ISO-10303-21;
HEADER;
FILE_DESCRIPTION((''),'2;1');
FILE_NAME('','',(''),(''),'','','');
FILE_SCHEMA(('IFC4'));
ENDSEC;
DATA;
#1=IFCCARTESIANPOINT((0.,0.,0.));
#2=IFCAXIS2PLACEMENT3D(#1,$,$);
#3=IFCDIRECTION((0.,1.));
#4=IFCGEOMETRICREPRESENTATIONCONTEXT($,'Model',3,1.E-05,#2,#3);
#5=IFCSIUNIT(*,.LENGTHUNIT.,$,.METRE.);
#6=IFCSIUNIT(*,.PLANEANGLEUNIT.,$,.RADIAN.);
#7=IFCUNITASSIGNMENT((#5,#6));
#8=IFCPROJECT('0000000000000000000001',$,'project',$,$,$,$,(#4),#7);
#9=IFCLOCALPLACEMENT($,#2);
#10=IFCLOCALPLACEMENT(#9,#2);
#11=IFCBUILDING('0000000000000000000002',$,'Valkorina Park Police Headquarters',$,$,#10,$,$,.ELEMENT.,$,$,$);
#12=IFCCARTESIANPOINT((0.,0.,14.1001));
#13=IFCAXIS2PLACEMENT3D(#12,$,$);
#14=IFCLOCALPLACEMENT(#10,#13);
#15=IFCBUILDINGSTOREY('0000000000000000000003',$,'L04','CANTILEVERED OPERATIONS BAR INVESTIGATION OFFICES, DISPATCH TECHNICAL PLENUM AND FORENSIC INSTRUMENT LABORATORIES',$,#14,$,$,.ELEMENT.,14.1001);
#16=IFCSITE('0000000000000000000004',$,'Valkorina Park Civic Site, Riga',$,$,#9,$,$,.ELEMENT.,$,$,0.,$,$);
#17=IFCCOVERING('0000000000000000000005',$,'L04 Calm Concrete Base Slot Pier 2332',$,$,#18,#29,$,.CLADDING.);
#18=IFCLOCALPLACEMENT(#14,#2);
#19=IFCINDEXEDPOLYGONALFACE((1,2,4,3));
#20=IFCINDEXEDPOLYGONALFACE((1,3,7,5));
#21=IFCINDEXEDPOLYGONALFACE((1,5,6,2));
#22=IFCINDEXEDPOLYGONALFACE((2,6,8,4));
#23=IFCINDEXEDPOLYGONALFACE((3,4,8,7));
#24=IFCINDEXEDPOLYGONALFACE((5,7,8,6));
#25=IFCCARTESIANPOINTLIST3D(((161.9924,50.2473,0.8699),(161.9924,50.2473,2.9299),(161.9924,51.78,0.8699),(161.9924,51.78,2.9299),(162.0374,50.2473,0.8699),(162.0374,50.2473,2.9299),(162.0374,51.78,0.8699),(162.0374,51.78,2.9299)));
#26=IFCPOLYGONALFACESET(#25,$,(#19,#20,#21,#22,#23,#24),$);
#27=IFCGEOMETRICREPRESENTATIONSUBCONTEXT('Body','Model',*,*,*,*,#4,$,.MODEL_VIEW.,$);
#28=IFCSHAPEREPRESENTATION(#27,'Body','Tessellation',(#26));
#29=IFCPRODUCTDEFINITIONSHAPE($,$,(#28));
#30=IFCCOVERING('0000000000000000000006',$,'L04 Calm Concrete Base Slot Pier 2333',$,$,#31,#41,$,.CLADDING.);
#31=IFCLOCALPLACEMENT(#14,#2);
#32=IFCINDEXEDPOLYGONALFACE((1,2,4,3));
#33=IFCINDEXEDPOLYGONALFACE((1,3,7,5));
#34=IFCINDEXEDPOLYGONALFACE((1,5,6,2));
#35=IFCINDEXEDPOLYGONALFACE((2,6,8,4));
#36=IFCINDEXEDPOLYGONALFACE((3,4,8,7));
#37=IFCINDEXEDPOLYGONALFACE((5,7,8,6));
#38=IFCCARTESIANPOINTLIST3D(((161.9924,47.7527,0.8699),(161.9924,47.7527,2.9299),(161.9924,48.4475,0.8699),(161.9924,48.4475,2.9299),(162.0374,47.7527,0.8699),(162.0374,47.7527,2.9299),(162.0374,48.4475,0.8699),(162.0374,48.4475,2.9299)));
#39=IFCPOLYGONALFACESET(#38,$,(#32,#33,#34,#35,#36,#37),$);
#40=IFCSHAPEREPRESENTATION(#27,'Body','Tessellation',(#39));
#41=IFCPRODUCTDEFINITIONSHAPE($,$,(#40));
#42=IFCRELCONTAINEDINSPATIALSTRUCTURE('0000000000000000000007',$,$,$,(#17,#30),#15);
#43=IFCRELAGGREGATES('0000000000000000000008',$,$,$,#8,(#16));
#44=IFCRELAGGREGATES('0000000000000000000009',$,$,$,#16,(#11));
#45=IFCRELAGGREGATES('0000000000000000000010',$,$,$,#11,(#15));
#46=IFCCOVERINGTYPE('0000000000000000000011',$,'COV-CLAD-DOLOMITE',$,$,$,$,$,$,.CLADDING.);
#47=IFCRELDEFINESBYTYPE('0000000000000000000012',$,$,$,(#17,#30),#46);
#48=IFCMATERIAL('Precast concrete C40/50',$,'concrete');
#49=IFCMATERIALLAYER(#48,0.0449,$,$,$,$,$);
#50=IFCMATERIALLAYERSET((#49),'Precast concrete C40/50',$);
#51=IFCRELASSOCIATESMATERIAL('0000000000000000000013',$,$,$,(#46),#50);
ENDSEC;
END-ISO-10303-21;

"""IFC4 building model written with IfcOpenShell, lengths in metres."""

from ifc_helpers import new_model, si_unit, direction, frame, frame_2d, origin, place, context, subcontext, project, spatial, rectangle, extrude, material, layer, layer_set, type_object, element, save


model = new_model("IFC4")

# Units and contexts
model_context = context("Model", 3, precision=1e-05, world=origin(), true_north=direction((0.0, 1.0)))
body_context = subcontext(model_context, "Body", "Model", "MODEL_VIEW")
ifc_project = project(units=[si_unit("LENGTHUNIT", "METRE"), si_unit("PLANEANGLEUNIT", "RADIAN")], contexts=[model_context])

# Site, building, storey
site_placement = place(None, origin())
site = spatial("IfcSite", under=ifc_project, at=site_placement, Name="Valkorina Park Civic Site, Riga", CompositionType="ELEMENT", RefElevation=0.0)
building_placement = place(site_placement, origin())
building = spatial("IfcBuilding", under=site, at=building_placement, Name="Valkorina Park Police Headquarters", CompositionType="ELEMENT")
storey_placement = place(building_placement, frame((0.0, 0.0, 14.1001)))
storey = spatial("IfcBuildingStorey", under=building, at=storey_placement, Name="L04", Description="CANTILEVERED OPERATIONS BAR INVESTIGATION OFFICES, DISPATCH TECHNICAL PLENUM AND FORENSIC INSTRUMENT LABORATORIES", CompositionType="ELEMENT", Elevation=14.1001)

# Shared definitions
ifc_material_1 = material(Name="Precast concrete C40/50", Category="concrete")

# Coverings
ifc_layer_1 = layer(ifc_material_1, 0.0449)
ifc_layer_set_1 = layer_set([ifc_layer_1], Name="Precast concrete C40/50")
covering_type = type_object("IfcCoveringType", Name="COV-CLAD-DOLOMITE", PredefinedType="CLADDING", material=ifc_layer_set_1)
covering_1_placement = place(storey_placement, frame((162.0149, 51.78, 0.8699), z_axis=(0.0, 0.0, 1.0), x_axis=(0.0, -1.0, 0.0)))
element("IfcCovering", 1, at=covering_1_placement, inside=storey, type_object=covering_type, Name="L04 Calm Concrete Base Slot Pier 2332", PredefinedType="CLADDING", context=body_context, shape_type="SweptSolid", body=[
    extrude(rectangle(XDim=1.5327, YDim=0.0449, at=frame_2d((0.7664, 0.0))), origin(), (0.0, 0.0, 1.0), 2.0601),
])
covering_2_placement = place(storey_placement, frame((162.0149, 48.4475, 0.8699), z_axis=(0.0, 0.0, 1.0), x_axis=(0.0, -1.0, 0.0)))
element("IfcCovering", 2, at=covering_2_placement, inside=storey, type_object=covering_type, Name="L04 Calm Concrete Base Slot Pier 2333", PredefinedType="CLADDING", context=body_context, shape_type="SweptSolid", body=[
    extrude(rectangle(XDim=0.6948, YDim=0.0449, at=frame_2d((0.3474, 0.0))), origin(), (0.0, 0.0, 1.0), 2.0601),
])

save(model, "model.ifc")
